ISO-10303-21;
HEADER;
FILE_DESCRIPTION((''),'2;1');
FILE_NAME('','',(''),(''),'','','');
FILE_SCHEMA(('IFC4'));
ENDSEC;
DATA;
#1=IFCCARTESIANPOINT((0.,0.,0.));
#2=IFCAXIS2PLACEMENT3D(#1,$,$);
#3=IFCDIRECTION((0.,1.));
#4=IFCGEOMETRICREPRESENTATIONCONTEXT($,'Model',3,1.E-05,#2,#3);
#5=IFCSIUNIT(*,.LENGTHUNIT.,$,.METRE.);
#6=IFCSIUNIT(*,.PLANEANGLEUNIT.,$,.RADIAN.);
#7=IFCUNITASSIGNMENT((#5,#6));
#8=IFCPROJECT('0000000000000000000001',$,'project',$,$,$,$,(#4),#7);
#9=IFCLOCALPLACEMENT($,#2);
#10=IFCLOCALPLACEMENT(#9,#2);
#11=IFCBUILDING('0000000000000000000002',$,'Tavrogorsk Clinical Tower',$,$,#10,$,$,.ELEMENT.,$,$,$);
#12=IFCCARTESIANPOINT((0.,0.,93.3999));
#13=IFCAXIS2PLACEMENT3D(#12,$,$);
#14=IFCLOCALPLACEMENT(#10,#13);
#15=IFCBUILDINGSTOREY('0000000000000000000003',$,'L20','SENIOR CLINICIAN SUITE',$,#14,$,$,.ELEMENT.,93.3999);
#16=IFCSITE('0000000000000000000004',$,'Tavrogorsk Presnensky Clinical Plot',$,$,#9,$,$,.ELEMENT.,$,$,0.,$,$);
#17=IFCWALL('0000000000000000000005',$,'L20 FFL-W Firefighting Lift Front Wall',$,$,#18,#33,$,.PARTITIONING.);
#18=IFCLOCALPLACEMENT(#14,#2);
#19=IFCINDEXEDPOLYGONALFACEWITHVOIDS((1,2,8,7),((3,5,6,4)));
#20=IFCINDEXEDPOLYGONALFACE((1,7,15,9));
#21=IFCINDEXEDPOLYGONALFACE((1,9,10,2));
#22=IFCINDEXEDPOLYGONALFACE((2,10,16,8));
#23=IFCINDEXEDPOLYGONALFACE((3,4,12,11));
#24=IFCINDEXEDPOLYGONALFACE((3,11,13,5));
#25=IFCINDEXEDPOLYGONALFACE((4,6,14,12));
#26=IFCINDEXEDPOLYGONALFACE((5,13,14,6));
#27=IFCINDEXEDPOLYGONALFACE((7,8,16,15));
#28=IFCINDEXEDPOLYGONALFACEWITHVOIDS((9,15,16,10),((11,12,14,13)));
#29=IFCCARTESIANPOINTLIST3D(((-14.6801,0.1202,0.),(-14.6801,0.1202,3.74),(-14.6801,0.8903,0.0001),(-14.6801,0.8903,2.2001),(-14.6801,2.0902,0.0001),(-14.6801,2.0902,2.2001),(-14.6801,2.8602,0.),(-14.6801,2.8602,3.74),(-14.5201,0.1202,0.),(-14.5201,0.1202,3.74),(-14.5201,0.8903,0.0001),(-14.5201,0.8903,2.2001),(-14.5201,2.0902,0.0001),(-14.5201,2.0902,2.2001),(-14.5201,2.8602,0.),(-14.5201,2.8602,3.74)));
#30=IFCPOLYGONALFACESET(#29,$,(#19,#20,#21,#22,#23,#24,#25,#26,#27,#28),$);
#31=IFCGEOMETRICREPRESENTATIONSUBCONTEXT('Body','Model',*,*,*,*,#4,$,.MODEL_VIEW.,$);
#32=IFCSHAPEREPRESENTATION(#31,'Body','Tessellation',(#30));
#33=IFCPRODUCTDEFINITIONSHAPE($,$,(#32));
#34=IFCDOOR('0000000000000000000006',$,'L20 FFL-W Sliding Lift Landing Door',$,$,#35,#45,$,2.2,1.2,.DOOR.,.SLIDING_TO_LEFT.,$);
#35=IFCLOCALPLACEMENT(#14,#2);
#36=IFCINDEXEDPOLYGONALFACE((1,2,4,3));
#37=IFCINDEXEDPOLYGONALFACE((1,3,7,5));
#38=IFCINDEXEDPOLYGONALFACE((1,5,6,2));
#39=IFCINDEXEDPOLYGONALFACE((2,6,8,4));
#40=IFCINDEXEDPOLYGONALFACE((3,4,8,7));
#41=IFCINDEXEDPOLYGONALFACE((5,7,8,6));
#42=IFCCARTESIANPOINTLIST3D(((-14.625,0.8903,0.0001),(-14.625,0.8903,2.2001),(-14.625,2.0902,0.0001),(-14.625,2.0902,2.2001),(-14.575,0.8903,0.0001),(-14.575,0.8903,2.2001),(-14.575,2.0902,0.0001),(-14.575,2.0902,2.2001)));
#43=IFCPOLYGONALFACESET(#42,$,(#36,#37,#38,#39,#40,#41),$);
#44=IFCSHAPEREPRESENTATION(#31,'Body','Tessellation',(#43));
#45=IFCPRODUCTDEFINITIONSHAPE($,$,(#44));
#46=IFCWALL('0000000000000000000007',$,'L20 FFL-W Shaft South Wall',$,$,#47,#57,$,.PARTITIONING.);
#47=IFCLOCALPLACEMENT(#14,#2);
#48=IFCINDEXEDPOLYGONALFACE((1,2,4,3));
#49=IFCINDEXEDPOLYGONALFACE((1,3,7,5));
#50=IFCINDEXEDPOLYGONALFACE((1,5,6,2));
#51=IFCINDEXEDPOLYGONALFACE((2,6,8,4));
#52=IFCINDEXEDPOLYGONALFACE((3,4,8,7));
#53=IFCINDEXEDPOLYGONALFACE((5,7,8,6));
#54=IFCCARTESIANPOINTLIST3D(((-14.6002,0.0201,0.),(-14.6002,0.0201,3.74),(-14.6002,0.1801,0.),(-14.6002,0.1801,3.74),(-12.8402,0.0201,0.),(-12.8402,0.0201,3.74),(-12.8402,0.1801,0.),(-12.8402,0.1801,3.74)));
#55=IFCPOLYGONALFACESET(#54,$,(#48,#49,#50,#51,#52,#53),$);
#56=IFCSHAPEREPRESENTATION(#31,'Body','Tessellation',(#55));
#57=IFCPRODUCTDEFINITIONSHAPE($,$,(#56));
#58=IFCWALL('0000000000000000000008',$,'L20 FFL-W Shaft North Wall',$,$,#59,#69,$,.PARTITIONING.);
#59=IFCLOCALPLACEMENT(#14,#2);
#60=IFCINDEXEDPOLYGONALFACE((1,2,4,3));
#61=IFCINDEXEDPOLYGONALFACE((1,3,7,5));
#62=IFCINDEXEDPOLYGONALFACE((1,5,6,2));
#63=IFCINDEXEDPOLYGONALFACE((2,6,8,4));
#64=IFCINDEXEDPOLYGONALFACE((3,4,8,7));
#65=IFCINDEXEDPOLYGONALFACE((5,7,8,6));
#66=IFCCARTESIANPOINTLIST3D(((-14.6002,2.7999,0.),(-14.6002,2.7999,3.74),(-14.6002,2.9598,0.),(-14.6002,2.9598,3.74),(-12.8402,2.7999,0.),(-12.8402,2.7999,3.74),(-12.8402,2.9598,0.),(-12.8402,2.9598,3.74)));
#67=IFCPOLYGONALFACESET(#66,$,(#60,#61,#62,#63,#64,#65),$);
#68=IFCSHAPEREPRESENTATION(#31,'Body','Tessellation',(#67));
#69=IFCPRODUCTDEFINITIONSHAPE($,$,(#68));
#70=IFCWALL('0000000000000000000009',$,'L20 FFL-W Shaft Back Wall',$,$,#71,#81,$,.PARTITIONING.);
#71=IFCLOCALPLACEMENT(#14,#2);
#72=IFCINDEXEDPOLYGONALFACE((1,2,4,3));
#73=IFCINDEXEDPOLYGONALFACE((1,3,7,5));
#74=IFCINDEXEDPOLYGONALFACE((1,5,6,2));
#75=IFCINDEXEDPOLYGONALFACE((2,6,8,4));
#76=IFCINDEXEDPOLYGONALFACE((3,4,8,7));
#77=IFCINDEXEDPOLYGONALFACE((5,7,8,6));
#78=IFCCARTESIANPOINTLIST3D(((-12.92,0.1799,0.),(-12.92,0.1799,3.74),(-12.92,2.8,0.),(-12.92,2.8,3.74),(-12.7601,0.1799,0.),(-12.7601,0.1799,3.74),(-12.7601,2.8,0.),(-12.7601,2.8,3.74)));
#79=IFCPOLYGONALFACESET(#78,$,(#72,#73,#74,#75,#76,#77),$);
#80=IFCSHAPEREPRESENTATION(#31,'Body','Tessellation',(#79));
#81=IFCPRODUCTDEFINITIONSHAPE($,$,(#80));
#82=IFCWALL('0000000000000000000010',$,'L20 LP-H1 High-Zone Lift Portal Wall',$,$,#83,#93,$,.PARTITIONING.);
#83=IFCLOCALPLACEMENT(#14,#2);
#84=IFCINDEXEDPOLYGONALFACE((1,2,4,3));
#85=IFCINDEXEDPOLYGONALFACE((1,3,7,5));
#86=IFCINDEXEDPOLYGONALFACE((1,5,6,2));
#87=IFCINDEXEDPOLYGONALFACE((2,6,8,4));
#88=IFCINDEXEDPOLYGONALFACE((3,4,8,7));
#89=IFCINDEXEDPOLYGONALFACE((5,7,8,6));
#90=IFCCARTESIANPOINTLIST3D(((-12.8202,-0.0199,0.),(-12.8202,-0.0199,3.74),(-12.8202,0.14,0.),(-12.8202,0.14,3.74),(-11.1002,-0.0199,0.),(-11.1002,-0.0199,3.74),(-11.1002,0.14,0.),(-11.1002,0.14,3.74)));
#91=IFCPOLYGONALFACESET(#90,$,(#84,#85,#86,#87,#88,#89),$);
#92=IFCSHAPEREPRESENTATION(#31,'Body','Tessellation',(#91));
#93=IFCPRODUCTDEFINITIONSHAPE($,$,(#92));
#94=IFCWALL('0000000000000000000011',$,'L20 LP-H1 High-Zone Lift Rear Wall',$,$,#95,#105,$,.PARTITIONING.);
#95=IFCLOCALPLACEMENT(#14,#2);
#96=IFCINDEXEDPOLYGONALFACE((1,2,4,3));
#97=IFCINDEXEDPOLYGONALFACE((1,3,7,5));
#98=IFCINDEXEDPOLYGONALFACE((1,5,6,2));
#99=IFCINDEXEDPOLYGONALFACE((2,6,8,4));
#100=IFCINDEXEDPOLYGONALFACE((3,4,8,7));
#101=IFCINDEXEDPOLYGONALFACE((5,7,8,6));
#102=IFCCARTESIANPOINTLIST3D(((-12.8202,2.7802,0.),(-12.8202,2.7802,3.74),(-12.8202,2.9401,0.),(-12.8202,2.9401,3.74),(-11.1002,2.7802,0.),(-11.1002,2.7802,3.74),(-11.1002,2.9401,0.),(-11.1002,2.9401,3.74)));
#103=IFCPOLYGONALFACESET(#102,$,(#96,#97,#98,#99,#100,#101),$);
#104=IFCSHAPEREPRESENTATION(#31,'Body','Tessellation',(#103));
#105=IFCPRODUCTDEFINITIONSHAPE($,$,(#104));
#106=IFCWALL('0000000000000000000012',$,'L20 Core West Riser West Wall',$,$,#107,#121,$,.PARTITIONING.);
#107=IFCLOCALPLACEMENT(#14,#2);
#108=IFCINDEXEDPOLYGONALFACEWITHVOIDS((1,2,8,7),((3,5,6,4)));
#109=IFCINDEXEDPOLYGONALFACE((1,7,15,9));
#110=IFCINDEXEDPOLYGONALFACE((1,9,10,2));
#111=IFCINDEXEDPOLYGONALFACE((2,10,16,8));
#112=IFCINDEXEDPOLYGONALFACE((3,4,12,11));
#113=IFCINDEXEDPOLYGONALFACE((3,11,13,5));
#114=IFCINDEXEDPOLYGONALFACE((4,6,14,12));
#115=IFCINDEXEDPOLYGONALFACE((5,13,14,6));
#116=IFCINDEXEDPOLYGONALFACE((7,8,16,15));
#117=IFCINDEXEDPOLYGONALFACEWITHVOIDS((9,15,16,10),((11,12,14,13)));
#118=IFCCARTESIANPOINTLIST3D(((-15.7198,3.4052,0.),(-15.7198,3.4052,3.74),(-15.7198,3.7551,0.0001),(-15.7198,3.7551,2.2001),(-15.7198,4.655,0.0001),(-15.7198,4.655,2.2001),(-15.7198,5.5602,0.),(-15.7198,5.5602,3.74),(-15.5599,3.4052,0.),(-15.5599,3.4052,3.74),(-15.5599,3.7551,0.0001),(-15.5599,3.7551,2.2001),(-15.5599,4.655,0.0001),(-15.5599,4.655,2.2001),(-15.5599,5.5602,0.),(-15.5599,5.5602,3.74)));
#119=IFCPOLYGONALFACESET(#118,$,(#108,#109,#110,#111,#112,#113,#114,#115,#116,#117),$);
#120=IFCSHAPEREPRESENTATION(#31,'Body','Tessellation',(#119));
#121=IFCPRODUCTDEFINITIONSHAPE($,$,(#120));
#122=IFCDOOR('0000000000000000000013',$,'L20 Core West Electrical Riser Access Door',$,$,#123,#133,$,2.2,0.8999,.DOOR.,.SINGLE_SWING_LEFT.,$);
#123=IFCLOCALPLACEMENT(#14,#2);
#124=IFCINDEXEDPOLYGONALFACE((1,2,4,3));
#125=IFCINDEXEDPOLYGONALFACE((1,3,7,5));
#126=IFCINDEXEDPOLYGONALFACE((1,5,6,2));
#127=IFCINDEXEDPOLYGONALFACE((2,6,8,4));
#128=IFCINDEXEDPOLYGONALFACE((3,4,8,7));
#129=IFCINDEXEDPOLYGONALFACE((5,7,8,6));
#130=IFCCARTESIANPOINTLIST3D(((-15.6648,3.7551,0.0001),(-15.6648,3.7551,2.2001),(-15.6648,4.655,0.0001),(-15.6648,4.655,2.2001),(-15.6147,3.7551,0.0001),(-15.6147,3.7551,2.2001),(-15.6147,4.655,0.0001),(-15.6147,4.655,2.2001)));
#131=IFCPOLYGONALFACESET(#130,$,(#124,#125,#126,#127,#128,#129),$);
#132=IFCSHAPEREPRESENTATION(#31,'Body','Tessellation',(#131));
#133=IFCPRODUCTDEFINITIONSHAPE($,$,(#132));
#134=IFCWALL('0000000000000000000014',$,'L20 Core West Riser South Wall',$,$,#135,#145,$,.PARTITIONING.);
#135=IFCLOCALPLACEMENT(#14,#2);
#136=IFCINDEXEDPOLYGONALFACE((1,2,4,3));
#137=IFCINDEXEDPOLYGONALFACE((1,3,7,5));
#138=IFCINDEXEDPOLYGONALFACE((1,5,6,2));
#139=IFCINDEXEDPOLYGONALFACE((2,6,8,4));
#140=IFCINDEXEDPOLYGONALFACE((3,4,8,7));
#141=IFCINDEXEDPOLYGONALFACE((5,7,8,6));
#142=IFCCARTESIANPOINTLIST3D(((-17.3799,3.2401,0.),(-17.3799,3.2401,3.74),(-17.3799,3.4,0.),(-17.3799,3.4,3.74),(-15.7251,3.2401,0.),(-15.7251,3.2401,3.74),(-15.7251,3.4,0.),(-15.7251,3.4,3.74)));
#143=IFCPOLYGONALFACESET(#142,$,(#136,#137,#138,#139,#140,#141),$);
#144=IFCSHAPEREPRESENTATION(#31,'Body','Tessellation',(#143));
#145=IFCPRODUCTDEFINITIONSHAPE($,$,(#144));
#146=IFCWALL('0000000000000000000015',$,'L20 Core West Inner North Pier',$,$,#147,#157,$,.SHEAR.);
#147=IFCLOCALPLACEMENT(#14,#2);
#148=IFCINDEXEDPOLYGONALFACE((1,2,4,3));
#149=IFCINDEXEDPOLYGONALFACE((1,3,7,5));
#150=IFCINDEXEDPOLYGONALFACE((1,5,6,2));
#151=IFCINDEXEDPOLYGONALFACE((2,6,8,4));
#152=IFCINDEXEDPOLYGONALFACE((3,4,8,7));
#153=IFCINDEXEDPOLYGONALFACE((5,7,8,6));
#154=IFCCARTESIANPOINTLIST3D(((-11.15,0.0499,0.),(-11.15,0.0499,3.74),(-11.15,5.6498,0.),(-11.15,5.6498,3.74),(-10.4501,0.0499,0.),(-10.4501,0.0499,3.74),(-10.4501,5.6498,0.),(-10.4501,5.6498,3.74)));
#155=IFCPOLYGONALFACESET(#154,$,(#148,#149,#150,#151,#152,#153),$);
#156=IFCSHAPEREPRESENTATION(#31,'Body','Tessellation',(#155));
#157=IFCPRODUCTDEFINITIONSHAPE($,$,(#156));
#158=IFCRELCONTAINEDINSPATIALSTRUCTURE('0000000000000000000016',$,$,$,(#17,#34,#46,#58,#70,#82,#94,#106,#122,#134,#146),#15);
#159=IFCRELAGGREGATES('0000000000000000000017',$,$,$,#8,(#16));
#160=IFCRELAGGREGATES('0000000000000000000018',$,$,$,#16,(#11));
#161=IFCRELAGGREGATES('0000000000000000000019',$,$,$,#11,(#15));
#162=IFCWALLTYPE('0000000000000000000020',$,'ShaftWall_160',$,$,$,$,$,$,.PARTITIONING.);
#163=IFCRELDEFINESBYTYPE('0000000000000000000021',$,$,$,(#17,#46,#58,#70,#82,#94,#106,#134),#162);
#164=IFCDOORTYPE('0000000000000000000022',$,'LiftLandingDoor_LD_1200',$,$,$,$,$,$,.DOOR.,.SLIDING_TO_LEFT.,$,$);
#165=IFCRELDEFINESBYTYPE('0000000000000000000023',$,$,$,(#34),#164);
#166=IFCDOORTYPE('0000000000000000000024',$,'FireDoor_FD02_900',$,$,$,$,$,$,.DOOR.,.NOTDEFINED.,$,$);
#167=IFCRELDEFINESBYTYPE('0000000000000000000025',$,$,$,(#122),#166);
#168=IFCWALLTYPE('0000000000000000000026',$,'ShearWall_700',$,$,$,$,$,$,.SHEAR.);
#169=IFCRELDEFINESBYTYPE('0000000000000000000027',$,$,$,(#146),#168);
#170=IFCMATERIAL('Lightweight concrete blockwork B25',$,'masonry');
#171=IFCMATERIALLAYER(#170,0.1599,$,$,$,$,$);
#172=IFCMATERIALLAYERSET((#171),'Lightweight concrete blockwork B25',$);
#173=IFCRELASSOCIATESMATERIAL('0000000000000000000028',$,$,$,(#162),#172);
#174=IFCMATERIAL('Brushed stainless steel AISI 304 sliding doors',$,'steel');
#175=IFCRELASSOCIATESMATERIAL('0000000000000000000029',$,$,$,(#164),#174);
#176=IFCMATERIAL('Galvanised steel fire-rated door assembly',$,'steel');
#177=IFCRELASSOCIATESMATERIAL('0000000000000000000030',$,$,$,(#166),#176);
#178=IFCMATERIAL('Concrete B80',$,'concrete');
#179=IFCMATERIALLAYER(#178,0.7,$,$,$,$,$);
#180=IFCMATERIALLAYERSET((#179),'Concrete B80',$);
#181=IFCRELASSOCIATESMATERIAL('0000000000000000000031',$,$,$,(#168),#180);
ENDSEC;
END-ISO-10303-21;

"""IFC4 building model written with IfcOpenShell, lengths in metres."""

from ifc_helpers import new_model, si_unit, direction, frame, frame_2d, origin, place, context, subcontext, project, spatial, rectangle, extrude, material, layer, layer_set, type_object, element, fill, save


model = new_model("IFC4")

# Units and contexts
model_context = context("Model", 3, precision=1e-05, world=origin(), true_north=direction((0.0, 1.0)))
body_context = subcontext(model_context, "Body", "Model", "MODEL_VIEW")
ifc_project = project(units=[si_unit("LENGTHUNIT", "METRE"), si_unit("PLANEANGLEUNIT", "RADIAN")], contexts=[model_context])

# Site, building, storey
site_placement = place(None, origin())
site = spatial("IfcSite", under=ifc_project, at=site_placement, Name="Tavrogorsk Presnensky Clinical Plot", CompositionType="ELEMENT", RefElevation=0.0)
building_placement = place(site_placement, origin())
building = spatial("IfcBuilding", under=site, at=building_placement, Name="Tavrogorsk Clinical Tower", CompositionType="ELEMENT")
storey_placement = place(building_placement, frame((0.0, 0.0, 93.3999)))
storey = spatial("IfcBuildingStorey", under=building, at=storey_placement, Name="L20", Description="SENIOR CLINICIAN SUITE", CompositionType="ELEMENT", Elevation=93.3999)

# Wall, opening, door
ifc_material_1 = material(Name="Lightweight concrete blockwork B25", Category="masonry")
ifc_layer_1 = layer(ifc_material_1, 0.1599)
ifc_layer_set_1 = layer_set([ifc_layer_1], Name="Lightweight concrete blockwork B25")
wall_type_1 = type_object("IfcWallType", Name="ShaftWall_160", PredefinedType="PARTITIONING", material=ifc_layer_set_1)
wall_1_placement = place(storey_placement, frame((-14.6001, 0.1201, 0.0), z_axis=(0.0, 0.0, 1.0), x_axis=(0.0, 1.0, 0.0)))
wall_1 = element("IfcWall", 1, at=wall_1_placement, inside=storey, type_object=wall_type_1, Name="L20 FFL-W Firefighting Lift Front Wall", PredefinedType="PARTITIONING", context=body_context, shape_type="SweptSolid", body=[
    extrude(rectangle(XDim=2.74, YDim=0.1599, at=frame_2d((1.3701, 0.0))), origin(), (0.0, 0.0, 1.0), 3.74),
])
opening_1_placement = place(wall_1_placement, frame((0.77, 0.0, 0.0)))
opening_1 = element("IfcOpeningElement", 2, at=opening_1_placement, cuts=wall_1, PredefinedType="OPENING", context=body_context, shape_type="SweptSolid", body=[
    extrude(rectangle(XDim=1.2, YDim=2.2, at=frame_2d((0.6001, 1.1001))), frame((0.0, 0.0898, 0.0), z_axis=(0.0, -1.0, 0.0), x_axis=(1.0, 0.0, 0.0)), (0.0, 0.0, 1.0), 0.1799),
])
ifc_material_2 = material(Name="Brushed stainless steel AISI 304 sliding doors", Category="steel")
door_type_1 = type_object("IfcDoorType", Name="LiftLandingDoor_LD_1200", OperationType="SLIDING_TO_LEFT", PredefinedType="DOOR", material=ifc_material_2)
door_1_placement = place(opening_1_placement, origin())
door_1 = element("IfcDoor", 3, at=door_1_placement, inside=storey, type_object=door_type_1, Name="L20 FFL-W Sliding Lift Landing Door", OperationType="SLIDING_TO_LEFT", OverallHeight=2.2, OverallWidth=1.2, PredefinedType="DOOR", context=body_context, shape_type="SweptSolid", body=[
    extrude(rectangle(XDim=1.2, YDim=2.2, at=frame_2d((0.6001, 1.1001))), frame((0.0, 0.0249, 0.0), z_axis=(0.0, -1.0, 0.0), x_axis=(1.0, 0.0, 0.0)), (0.0, 0.0, 1.0), 0.05),
])
fill(opening_1, door_1)

# Walls
for number, where, z_axis, x_axis, name in (
    (4, (-14.6001, 0.1001, 0.0), (0.0, 0.0, 1.0), (1.0, 0.0, 0.0), "L20 FFL-W Shaft South Wall"),
    (5, (-14.6001, 2.8799, 0.0), (0.0, 0.0, 1.0), (1.0, 0.0, 0.0), "L20 FFL-W Shaft North Wall"),
):
    element("IfcWall", number, at=place(storey_placement, frame(where, z_axis=z_axis, x_axis=x_axis)), inside=storey, type_object=wall_type_1, Name=name, PredefinedType="PARTITIONING", context=body_context, shape_type="SweptSolid", body=[
        extrude(rectangle(XDim=1.76, YDim=0.1599, at=frame_2d((0.8799, 0.0))), origin(), (0.0, 0.0, 1.0), 3.74),
    ])
wall_2_placement = place(storey_placement, frame((-12.8401, 0.1799, 0.0), z_axis=(0.0, 0.0, 1.0), x_axis=(0.0, 1.0, 0.0)))
element("IfcWall", 6, at=wall_2_placement, inside=storey, type_object=wall_type_1, Name="L20 FFL-W Shaft Back Wall", PredefinedType="PARTITIONING", context=body_context, shape_type="SweptSolid", body=[
    extrude(rectangle(XDim=2.6201, YDim=0.1599, at=frame_2d((1.3101, 0.0))), origin(), (0.0, 0.0, 1.0), 3.74),
])
for number, where, z_axis, x_axis, name in (
    (7, (-12.8201, 0.0601, 0.0), (0.0, 0.0, 1.0), (1.0, 0.0, 0.0), "L20 LP-H1 High-Zone Lift Portal Wall"),
    (8, (-12.8201, 2.8601, 0.0), (0.0, 0.0, 1.0), (1.0, 0.0, 0.0), "L20 LP-H1 High-Zone Lift Rear Wall"),
):
    element("IfcWall", number, at=place(storey_placement, frame(where, z_axis=z_axis, x_axis=x_axis)), inside=storey, type_object=wall_type_1, Name=name, PredefinedType="PARTITIONING", context=body_context, shape_type="SweptSolid", body=[
        extrude(rectangle(XDim=1.72, YDim=0.1599, at=frame_2d((0.8599, 0.0))), origin(), (0.0, 0.0, 1.0), 3.74),
    ])

# Wall, opening, door
wall_3_placement = place(storey_placement, frame((-15.6399, 3.405, 0.0), z_axis=(0.0, 0.0, 1.0), x_axis=(0.0, 1.0, 0.0)))
wall_3 = element("IfcWall", 9, at=wall_3_placement, inside=storey, type_object=wall_type_1, Name="L20 Core West Riser West Wall", PredefinedType="PARTITIONING", context=body_context, shape_type="SweptSolid", body=[
    extrude(rectangle(XDim=2.155, YDim=0.1599, at=frame_2d((1.0776, 0.0))), origin(), (0.0, 0.0, 1.0), 3.74),
])
opening_2_placement = place(wall_3_placement, frame((0.3501, 0.0, 0.0)))
opening_2 = element("IfcOpeningElement", 10, at=opening_2_placement, cuts=wall_3, PredefinedType="OPENING", context=body_context, shape_type="SweptSolid", body=[
    extrude(rectangle(XDim=0.8999, YDim=2.2, at=frame_2d((0.45, 1.1001))), frame((0.0, 0.0898, 0.0), z_axis=(0.0, -1.0, 0.0), x_axis=(1.0, 0.0, 0.0)), (0.0, 0.0, 1.0), 0.1799),
])
ifc_material_3 = material(Name="Galvanised steel fire-rated door assembly", Category="steel")
door_type_2 = type_object("IfcDoorType", Name="FireDoor_FD02_900", OperationType="NOTDEFINED", PredefinedType="DOOR", material=ifc_material_3)
door_2_placement = place(opening_2_placement, origin())
door_2 = element("IfcDoor", 11, at=door_2_placement, inside=storey, type_object=door_type_2, Name="L20 Core West Electrical Riser Access Door", OperationType="SINGLE_SWING_LEFT", OverallHeight=2.2, OverallWidth=0.8999, PredefinedType="DOOR", context=body_context, shape_type="SweptSolid", body=[
    extrude(rectangle(XDim=0.8999, YDim=2.2, at=frame_2d((0.45, 1.1001))), frame((0.0, 0.0249, 0.0), z_axis=(0.0, -1.0, 0.0), x_axis=(1.0, 0.0, 0.0)), (0.0, 0.0, 1.0), 0.05),
])
fill(opening_2, door_2)

# Walls
wall_4_placement = place(storey_placement, frame((-17.3799, 3.3201, 0.0), z_axis=(0.0, 0.0, 1.0), x_axis=(1.0, 0.0, 0.0)))
element("IfcWall", 12, at=wall_4_placement, inside=storey, type_object=wall_type_1, Name="L20 Core West Riser South Wall", PredefinedType="PARTITIONING", context=body_context, shape_type="SweptSolid", body=[
    extrude(rectangle(XDim=1.6548, YDim=0.1599, at=frame_2d((0.8274, 0.0))), origin(), (0.0, 0.0, 1.0), 3.74),
])
ifc_material_4 = material(Name="Concrete B80", Category="concrete")
ifc_layer_2 = layer(ifc_material_4, 0.7)
ifc_layer_set_2 = layer_set([ifc_layer_2], Name="Concrete B80")
wall_type_2 = type_object("IfcWallType", Name="ShearWall_700", PredefinedType="SHEAR", material=ifc_layer_set_2)
wall_5_placement = place(storey_placement, frame((-10.8, 0.05, 0.0), z_axis=(0.0, 0.0, 1.0), x_axis=(0.0, 1.0, 0.0)))
element("IfcWall", 13, at=wall_5_placement, inside=storey, type_object=wall_type_2, Name="L20 Core West Inner North Pier", PredefinedType="SHEAR", context=body_context, shape_type="SweptSolid", body=[
    extrude(rectangle(XDim=5.5999, YDim=0.7, at=frame_2d((2.7998, 0.0))), origin(), (0.0, 0.0, 1.0), 3.74),
])

save(model, "model.ifc")
